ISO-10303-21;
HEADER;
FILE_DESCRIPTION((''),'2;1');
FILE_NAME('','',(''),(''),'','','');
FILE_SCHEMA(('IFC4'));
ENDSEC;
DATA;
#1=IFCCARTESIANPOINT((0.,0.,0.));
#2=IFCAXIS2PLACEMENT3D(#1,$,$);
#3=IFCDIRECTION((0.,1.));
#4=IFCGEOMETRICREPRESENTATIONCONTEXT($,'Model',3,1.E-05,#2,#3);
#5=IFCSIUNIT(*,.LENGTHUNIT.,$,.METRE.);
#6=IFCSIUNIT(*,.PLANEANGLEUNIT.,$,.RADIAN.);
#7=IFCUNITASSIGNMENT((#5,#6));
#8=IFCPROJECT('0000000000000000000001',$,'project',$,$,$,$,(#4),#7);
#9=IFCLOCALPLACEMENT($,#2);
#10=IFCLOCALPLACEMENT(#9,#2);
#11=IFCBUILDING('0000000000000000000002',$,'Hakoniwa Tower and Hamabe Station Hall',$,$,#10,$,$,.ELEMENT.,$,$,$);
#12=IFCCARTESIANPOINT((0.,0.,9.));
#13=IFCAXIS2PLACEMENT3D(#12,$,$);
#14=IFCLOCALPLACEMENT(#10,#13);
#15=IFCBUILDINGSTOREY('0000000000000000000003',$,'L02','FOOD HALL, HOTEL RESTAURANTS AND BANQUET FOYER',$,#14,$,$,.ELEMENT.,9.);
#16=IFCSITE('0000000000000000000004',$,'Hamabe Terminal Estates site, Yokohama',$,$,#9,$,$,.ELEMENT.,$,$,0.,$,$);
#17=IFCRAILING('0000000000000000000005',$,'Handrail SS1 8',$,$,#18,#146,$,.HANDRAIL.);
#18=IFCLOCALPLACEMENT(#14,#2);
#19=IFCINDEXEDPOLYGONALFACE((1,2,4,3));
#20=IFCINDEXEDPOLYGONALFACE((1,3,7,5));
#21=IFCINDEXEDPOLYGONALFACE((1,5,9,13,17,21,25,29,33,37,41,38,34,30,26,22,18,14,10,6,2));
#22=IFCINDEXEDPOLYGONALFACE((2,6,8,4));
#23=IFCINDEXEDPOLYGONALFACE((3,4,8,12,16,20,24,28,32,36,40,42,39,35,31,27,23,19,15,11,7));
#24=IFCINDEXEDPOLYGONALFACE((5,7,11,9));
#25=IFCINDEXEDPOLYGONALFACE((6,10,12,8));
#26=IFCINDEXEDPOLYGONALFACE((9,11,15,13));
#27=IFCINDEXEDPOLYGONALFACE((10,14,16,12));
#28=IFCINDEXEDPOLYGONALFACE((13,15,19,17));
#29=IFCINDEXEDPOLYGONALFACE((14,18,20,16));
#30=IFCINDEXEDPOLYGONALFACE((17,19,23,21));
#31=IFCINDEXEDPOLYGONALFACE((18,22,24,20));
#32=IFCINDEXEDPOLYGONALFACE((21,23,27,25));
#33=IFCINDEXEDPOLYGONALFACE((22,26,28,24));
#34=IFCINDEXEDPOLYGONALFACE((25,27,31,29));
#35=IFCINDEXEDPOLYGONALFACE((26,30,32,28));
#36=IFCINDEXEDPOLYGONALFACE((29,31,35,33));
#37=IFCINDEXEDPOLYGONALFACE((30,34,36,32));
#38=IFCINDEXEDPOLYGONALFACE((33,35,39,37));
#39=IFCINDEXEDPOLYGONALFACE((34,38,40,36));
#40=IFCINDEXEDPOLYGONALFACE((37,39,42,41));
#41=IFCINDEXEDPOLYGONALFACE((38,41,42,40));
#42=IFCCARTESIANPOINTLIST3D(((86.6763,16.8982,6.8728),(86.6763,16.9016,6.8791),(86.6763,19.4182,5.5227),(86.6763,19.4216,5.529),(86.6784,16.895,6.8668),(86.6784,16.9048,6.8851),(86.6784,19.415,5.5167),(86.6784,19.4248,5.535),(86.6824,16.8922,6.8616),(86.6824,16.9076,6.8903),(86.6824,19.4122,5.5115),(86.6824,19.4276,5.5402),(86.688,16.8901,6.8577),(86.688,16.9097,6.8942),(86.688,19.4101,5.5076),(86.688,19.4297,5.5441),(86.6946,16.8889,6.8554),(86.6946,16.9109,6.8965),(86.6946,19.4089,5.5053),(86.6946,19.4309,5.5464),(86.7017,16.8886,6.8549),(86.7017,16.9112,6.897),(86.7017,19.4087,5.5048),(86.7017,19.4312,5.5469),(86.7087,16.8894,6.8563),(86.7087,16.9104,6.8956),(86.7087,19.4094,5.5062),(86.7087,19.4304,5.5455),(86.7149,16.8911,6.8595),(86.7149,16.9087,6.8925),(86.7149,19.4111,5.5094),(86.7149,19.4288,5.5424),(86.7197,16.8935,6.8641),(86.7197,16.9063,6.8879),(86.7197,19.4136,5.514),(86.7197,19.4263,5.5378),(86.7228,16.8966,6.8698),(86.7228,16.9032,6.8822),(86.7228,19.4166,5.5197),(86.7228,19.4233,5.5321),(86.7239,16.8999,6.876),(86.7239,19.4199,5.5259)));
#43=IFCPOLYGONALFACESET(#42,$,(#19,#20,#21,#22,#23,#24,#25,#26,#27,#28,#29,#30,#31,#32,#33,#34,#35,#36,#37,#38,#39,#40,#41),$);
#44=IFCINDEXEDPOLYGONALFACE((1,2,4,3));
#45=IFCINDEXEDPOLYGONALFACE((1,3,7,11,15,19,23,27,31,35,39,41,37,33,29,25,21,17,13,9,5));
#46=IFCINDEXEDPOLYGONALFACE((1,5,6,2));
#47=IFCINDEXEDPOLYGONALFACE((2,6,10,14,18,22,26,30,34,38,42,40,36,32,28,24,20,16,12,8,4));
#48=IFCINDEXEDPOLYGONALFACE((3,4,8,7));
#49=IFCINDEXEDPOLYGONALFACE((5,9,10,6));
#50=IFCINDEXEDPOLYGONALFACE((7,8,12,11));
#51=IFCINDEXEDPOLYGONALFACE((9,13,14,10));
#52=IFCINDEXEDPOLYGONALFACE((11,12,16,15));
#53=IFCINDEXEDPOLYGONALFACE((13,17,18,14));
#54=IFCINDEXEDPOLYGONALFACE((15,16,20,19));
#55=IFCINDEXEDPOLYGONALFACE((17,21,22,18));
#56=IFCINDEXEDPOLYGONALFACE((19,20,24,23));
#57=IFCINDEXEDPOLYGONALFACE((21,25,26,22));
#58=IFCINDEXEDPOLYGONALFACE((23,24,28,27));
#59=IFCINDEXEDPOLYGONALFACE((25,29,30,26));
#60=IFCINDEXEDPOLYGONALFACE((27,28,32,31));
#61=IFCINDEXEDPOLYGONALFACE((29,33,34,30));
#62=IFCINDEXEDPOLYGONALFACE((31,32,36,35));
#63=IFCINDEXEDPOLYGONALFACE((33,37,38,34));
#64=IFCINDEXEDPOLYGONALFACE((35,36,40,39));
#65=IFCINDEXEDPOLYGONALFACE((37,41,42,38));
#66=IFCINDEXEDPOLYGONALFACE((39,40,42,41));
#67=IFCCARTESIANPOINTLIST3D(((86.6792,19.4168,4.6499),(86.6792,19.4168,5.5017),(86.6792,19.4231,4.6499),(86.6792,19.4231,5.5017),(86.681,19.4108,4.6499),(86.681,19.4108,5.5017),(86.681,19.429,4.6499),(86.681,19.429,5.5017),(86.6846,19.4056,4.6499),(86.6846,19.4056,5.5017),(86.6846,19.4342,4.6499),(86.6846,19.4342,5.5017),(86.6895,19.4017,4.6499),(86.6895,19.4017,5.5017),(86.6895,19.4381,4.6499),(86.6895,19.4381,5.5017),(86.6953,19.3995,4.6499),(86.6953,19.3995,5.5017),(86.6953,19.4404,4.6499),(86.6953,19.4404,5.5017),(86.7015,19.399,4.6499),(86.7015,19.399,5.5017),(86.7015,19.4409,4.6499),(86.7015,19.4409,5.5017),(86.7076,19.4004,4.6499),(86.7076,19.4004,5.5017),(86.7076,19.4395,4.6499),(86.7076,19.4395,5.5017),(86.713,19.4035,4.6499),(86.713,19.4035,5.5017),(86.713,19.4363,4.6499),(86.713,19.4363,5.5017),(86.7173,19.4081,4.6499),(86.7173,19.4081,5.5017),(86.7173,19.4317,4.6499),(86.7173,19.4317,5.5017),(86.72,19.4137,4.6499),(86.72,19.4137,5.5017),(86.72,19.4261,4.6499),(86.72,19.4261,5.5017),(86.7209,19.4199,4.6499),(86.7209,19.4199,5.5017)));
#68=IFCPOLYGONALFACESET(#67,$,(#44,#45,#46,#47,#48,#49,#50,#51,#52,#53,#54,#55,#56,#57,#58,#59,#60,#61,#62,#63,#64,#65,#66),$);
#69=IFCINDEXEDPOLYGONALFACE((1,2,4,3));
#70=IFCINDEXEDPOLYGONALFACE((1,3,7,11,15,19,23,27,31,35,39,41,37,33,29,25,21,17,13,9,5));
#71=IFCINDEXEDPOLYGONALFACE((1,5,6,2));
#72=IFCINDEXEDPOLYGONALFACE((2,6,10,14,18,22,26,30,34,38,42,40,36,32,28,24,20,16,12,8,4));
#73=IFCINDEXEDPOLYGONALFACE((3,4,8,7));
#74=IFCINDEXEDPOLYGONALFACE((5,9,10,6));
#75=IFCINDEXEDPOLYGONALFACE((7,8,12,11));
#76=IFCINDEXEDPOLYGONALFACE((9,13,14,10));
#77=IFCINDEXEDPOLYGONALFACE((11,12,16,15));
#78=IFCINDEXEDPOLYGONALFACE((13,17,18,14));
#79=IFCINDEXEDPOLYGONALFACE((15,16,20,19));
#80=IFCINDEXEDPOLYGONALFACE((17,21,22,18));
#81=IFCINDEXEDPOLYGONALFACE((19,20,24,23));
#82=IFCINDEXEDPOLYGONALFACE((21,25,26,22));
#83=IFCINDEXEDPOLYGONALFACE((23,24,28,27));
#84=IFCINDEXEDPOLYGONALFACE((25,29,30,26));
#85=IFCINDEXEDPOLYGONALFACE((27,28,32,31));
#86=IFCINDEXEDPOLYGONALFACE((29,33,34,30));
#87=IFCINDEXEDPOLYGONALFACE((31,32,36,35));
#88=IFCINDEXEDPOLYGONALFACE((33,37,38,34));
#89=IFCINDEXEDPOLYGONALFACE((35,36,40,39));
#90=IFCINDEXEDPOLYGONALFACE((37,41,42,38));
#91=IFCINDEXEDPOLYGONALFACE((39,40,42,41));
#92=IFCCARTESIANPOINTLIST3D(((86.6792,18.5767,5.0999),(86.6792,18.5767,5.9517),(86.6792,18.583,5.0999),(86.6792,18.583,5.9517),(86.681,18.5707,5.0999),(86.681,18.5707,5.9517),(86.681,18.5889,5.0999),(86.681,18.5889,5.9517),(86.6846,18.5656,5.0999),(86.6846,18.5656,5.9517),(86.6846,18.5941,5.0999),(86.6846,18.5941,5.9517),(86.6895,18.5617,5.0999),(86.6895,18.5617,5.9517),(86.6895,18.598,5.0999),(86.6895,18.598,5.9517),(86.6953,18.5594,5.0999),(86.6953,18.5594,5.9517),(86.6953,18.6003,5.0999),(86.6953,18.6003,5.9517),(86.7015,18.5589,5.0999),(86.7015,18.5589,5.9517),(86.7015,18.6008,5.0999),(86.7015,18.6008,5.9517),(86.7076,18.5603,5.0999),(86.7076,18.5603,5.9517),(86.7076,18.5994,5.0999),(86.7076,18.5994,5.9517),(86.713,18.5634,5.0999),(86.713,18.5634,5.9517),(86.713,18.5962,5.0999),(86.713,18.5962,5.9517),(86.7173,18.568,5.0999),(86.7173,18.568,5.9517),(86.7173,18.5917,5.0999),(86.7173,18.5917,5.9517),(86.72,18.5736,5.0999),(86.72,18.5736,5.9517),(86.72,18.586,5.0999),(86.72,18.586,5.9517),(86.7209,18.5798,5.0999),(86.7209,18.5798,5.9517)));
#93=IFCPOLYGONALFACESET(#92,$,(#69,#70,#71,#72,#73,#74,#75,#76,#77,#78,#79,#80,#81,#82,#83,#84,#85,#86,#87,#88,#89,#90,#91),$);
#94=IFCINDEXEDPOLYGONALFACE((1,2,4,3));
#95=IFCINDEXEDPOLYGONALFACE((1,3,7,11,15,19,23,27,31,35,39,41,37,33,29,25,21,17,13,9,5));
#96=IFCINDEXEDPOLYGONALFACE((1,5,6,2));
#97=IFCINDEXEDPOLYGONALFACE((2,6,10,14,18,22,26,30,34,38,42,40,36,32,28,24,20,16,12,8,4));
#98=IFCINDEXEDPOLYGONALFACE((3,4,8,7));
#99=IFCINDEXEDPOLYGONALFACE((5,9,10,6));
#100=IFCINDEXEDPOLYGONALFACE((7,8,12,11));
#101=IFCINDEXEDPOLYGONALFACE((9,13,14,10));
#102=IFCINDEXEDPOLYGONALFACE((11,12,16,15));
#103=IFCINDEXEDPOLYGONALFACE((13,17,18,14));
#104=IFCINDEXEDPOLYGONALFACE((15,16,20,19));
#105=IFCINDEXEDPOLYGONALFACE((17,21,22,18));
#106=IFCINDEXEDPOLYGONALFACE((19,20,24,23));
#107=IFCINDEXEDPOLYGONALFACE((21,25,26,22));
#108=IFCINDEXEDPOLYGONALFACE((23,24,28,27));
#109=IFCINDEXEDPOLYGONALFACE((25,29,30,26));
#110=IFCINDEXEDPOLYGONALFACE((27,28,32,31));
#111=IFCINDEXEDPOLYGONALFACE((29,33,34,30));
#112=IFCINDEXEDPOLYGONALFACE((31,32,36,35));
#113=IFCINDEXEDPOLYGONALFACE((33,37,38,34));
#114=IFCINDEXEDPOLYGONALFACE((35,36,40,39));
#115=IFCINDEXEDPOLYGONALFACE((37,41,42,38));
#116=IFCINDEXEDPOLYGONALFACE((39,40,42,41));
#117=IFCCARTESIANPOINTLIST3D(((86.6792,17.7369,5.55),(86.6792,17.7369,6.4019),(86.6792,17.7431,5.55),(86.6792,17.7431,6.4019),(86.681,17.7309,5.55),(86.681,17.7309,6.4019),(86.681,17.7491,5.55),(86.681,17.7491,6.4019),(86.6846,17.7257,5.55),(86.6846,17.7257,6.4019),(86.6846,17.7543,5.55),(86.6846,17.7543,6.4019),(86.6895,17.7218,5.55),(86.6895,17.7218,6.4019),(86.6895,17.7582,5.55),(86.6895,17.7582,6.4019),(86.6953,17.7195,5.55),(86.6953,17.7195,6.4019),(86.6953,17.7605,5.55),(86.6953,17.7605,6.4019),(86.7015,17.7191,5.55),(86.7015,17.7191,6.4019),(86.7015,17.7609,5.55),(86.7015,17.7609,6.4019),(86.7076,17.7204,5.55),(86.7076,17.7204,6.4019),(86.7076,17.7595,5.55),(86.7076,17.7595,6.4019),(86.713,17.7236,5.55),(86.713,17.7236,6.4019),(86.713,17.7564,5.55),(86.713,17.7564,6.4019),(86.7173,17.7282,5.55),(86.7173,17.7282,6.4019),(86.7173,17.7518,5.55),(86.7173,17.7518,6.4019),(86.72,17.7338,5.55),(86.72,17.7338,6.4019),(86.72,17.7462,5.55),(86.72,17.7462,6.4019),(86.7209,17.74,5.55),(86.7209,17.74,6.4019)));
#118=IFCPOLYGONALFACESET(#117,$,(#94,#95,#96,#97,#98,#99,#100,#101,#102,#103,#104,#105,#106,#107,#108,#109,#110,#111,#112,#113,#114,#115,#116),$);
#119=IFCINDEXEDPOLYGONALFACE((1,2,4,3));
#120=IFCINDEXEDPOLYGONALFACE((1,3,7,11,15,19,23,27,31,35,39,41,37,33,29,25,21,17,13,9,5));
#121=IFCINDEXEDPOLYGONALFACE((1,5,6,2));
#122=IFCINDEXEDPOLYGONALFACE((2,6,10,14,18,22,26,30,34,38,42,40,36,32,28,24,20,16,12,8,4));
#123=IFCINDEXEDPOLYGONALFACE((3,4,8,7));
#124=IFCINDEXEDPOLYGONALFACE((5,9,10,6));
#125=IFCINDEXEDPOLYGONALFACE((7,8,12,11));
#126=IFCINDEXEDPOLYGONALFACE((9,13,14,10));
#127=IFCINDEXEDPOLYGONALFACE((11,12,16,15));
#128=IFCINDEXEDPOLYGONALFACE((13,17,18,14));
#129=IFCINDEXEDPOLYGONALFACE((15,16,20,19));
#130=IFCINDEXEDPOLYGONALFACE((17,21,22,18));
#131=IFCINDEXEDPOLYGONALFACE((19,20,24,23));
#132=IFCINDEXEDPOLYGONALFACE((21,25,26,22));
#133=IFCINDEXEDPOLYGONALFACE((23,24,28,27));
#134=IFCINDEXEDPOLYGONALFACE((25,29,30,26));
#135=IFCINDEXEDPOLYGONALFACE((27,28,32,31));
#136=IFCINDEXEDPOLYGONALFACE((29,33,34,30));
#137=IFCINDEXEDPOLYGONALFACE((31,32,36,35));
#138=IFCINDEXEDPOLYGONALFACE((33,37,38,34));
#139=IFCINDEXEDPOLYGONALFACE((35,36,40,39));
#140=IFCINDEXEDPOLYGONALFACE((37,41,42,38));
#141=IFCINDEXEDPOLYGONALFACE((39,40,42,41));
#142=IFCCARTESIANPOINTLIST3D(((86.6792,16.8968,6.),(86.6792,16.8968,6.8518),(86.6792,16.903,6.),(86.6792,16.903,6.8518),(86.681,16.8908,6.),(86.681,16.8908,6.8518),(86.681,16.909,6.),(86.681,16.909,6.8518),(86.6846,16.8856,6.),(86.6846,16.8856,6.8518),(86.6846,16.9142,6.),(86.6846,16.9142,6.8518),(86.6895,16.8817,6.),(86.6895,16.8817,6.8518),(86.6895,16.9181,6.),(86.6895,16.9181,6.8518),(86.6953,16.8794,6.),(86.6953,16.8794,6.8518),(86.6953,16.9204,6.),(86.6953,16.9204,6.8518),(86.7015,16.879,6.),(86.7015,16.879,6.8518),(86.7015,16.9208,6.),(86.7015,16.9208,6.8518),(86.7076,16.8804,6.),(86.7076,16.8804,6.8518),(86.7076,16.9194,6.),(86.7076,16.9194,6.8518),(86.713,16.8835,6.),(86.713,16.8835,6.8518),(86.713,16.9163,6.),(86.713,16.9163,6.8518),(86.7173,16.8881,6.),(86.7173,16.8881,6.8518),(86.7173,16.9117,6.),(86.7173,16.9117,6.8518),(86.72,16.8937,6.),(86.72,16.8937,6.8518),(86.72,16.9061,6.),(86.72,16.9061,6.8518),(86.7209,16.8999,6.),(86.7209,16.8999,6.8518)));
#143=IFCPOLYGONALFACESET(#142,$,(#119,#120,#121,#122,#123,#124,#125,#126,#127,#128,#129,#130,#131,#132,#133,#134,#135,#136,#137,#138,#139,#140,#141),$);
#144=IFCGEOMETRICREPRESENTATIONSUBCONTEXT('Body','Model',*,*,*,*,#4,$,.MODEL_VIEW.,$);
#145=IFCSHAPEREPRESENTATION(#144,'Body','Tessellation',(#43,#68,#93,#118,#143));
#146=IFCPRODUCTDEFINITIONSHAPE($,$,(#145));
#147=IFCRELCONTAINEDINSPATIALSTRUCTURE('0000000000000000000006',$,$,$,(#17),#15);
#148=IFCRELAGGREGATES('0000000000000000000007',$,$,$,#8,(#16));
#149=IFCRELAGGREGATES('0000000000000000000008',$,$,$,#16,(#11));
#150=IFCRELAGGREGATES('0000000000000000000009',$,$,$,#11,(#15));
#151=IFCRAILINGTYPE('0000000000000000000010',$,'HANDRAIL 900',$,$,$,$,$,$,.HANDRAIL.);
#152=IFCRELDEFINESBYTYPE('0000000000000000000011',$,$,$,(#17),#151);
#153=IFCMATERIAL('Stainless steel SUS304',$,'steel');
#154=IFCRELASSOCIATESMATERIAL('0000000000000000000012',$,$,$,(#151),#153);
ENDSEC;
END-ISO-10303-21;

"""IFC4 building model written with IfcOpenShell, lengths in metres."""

from ifc_helpers import new_model, si_unit, direction, frame, origin, origin_2d, place, context, subcontext, project, spatial, circle, extrude, material, type_object, element, save


model = new_model("IFC4")

# Units and contexts
model_context = context("Model", 3, precision=1e-05, world=origin(), true_north=direction((0.0, 1.0)))
body_context = subcontext(model_context, "Body", "Model", "MODEL_VIEW")
ifc_project = project(units=[si_unit("LENGTHUNIT", "METRE"), si_unit("PLANEANGLEUNIT", "RADIAN")], contexts=[model_context])

# Site, building, storey
site_placement = place(None, origin())
site = spatial("IfcSite", under=ifc_project, at=site_placement, Name="Hamabe Terminal Estates site, Yokohama", CompositionType="ELEMENT", RefElevation=0.0)
building_placement = place(site_placement, origin())
building = spatial("IfcBuilding", under=site, at=building_placement, Name="Hakoniwa Tower and Hamabe Station Hall", CompositionType="ELEMENT")
storey_placement = place(building_placement, frame((0.0, 0.0, 9.0)))
storey = spatial("IfcBuildingStorey", under=building, at=storey_placement, Name="L02", Description="FOOD HALL, HOTEL RESTAURANTS AND BANQUET FOYER", CompositionType="ELEMENT", Elevation=9.0)

# Railing
ifc_material_1 = material(Name="Stainless steel SUS304", Category="steel")
railing_type = type_object("IfcRailingType", Name="HANDRAIL 900", PredefinedType="HANDRAIL", material=ifc_material_1)
for number, where, name in (
    (1, (86.7, 19.4199, 4.6499), "Handrail SS1 8"),
):
    element("IfcRailing", number, at=place(storey_placement, frame(where)), inside=storey, type_object=railing_type, Name=name, PredefinedType="HANDRAIL", context=body_context, shape_type="SweptSolid", body=[
        extrude(circle(Radius=0.0239, at=origin_2d()), frame((0.0, 0.0, 0.876), z_axis=(0.0, -0.881467, 0.472245), x_axis=(1.0, 0.0, 0.0)), (0.0, 0.0, 1.0), 2.8589),
        extrude(circle(Radius=0.021, at=origin_2d()), origin(), (0.0, 0.0, 1.0), 0.8518),
        extrude(circle(Radius=0.021, at=origin_2d()), frame((0.0, -0.8401, 0.45)), (0.0, 0.0, 1.0), 0.8518),
        extrude(circle(Radius=0.021, at=origin_2d()), frame((0.0, -1.6799, 0.9001)), (0.0, 0.0, 1.0), 0.8518),
        extrude(circle(Radius=0.021, at=origin_2d()), frame((0.0, -2.52, 1.3501)), (0.0, 0.0, 1.0), 0.8518),
    ])

save(model, "model.ifc")
